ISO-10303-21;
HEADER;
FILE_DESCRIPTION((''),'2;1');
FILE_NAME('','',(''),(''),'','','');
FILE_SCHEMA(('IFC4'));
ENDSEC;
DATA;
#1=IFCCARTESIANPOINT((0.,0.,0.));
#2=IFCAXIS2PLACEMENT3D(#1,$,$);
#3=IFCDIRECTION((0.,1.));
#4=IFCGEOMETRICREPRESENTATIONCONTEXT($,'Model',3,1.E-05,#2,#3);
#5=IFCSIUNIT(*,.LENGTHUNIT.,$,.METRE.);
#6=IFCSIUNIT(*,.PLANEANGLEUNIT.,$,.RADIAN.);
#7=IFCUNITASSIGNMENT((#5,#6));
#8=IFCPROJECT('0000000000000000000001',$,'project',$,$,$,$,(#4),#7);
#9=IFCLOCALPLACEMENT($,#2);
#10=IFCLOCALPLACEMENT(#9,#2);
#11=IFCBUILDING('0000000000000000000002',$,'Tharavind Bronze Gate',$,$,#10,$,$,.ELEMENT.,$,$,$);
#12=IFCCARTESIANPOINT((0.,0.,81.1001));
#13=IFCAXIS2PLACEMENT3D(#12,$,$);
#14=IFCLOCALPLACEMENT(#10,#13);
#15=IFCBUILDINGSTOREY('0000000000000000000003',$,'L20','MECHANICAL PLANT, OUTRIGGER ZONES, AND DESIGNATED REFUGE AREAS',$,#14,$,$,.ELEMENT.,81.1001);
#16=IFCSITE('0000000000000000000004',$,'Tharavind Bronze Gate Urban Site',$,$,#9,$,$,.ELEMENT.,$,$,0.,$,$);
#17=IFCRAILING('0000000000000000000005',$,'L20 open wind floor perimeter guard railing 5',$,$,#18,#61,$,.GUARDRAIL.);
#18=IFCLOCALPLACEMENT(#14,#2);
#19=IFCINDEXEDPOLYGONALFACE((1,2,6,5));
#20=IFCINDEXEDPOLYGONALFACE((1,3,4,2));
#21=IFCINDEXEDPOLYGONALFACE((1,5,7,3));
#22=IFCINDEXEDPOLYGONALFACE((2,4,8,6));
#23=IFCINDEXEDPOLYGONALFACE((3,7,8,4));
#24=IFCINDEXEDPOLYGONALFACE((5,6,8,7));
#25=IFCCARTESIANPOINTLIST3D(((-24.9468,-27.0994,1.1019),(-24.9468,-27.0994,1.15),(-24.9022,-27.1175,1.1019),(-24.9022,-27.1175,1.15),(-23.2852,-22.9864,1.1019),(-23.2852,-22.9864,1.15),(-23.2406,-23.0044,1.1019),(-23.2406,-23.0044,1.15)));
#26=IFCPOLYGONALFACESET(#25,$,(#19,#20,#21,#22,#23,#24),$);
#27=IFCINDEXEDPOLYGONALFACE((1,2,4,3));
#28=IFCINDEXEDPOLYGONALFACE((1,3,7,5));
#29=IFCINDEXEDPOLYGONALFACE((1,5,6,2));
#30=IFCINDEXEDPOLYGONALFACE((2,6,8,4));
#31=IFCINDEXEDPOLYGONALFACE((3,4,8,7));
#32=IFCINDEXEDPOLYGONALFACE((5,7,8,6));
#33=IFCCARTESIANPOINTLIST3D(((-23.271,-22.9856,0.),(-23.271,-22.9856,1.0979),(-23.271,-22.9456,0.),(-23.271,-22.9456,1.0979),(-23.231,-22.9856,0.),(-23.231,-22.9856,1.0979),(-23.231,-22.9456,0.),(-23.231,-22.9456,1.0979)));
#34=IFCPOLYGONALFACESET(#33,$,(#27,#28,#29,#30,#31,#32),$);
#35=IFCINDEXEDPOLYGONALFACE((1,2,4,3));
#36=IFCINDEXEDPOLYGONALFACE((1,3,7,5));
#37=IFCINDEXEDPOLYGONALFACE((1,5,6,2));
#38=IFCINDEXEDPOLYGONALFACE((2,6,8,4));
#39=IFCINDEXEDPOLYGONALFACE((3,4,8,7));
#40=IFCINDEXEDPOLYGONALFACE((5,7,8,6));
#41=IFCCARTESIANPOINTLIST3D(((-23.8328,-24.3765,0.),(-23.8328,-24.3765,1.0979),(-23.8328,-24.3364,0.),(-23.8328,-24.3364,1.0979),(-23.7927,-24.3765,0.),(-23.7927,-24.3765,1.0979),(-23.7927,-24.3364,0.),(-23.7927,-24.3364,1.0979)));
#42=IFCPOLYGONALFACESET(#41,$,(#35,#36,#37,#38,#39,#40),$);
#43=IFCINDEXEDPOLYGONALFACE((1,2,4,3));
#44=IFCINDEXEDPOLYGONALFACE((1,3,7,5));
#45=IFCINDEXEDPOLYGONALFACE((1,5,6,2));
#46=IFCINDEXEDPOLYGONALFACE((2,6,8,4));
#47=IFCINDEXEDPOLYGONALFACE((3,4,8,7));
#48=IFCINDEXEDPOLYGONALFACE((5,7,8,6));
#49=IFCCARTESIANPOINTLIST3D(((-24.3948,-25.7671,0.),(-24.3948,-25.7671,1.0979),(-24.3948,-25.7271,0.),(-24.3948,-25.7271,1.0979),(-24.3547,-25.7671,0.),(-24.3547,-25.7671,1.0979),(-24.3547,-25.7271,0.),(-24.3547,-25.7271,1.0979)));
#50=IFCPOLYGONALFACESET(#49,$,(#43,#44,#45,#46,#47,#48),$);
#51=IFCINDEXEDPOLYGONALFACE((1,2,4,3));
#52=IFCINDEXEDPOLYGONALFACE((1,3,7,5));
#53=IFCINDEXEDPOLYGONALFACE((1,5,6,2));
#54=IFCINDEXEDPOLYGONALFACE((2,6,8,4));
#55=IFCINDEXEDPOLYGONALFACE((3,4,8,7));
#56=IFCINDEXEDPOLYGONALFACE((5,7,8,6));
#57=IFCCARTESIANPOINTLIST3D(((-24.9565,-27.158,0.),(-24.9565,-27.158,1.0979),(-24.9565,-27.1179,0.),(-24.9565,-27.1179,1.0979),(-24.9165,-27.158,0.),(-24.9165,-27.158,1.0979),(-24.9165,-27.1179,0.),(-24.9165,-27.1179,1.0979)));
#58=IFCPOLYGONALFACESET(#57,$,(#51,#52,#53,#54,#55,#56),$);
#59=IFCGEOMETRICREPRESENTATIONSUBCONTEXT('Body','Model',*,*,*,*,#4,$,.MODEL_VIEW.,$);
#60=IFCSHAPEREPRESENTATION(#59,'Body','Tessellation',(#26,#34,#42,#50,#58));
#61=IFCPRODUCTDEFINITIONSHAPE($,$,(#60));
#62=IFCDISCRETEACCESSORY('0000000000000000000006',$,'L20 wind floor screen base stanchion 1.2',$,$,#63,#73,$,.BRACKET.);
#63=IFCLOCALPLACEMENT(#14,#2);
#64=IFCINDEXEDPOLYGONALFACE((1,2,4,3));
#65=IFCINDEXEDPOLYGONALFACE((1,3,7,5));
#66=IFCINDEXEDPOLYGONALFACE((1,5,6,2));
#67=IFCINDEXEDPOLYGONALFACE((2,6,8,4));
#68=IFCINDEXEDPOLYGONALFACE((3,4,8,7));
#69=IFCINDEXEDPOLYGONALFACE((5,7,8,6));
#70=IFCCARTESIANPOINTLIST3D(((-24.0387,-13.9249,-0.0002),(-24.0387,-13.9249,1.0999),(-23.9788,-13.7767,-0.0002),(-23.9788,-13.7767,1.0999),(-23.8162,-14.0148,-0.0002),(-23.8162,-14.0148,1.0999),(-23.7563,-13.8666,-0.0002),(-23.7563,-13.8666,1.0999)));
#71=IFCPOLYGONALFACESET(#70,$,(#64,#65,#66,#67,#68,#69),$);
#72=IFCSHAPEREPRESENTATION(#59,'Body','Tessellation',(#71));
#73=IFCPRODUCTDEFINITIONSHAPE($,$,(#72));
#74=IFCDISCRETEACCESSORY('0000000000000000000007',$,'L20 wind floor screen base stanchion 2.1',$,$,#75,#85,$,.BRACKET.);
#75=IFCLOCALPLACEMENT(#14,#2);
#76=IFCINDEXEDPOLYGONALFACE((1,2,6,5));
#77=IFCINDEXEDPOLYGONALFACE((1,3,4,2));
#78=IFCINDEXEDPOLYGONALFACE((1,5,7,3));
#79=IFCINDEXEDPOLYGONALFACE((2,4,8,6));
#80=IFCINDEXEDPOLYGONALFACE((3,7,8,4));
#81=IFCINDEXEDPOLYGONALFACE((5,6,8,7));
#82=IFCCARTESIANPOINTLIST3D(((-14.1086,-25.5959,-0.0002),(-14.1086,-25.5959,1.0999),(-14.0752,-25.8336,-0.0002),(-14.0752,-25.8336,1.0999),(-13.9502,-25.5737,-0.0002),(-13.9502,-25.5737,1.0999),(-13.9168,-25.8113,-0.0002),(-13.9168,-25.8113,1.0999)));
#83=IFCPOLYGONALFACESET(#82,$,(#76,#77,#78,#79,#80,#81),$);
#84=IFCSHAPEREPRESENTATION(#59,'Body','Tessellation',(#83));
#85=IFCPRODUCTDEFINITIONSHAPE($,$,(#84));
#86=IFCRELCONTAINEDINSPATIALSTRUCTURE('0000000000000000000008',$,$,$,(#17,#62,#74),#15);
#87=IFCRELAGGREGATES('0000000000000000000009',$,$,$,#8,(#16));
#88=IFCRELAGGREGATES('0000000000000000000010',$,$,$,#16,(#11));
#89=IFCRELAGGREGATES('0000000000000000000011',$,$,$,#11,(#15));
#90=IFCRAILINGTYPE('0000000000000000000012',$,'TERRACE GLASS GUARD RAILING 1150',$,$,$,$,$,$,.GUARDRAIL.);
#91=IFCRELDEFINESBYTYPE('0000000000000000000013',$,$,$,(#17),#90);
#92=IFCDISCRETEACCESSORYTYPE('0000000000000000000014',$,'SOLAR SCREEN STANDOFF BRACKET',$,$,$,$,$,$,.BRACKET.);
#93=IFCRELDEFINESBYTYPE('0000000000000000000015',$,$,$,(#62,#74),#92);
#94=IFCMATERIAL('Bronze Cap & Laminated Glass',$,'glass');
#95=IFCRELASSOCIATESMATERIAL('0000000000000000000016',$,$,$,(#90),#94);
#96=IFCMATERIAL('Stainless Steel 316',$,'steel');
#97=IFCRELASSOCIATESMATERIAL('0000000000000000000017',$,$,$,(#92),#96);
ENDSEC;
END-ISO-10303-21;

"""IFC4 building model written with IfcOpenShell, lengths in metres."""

from ifc_helpers import new_model, si_unit, direction, frame, origin, origin_2d, place, context, subcontext, project, spatial, rectangle, extrude, material, type_object, element, save


model = new_model("IFC4")

# Units and contexts
model_context = context("Model", 3, precision=1e-05, world=origin(), true_north=direction((0.0, 1.0)))
body_context = subcontext(model_context, "Body", "Model", "MODEL_VIEW")
ifc_project = project(units=[si_unit("LENGTHUNIT", "METRE"), si_unit("PLANEANGLEUNIT", "RADIAN")], contexts=[model_context])

# Site, building, storey
site_placement = place(None, origin())
site = spatial("IfcSite", under=ifc_project, at=site_placement, Name="Tharavind Bronze Gate Urban Site", CompositionType="ELEMENT", RefElevation=0.0)
building_placement = place(site_placement, origin())
building = spatial("IfcBuilding", under=site, at=building_placement, Name="Tharavind Bronze Gate", CompositionType="ELEMENT")
storey_placement = place(building_placement, frame((0.0, 0.0, 81.1001)))
storey = spatial("IfcBuildingStorey", under=building, at=storey_placement, Name="L20", Description="MECHANICAL PLANT, OUTRIGGER ZONES, AND DESIGNATED REFUGE AREAS", CompositionType="ELEMENT", Elevation=81.1001)

# Railing
ifc_material_1 = material(Name="Bronze Cap & Laminated Glass", Category="glass")
railing_type = type_object("IfcRailingType", Name="TERRACE GLASS GUARD RAILING 1150", PredefinedType="GUARDRAIL", material=ifc_material_1)
railing_1_placement = place(storey_placement, frame((-23.251, -22.9656, 0.0)))
element("IfcRailing", 1, at=railing_1_placement, inside=storey, type_object=railing_type, Name="L20 open wind floor perimeter guard railing 5", PredefinedType="GUARDRAIL", context=body_context, shape_type="SweptSolid", body=[
    extrude(rectangle(XDim=0.0481, YDim=0.0481, at=origin_2d()), frame((-0.012, -0.0298, 1.126), z_axis=(-0.374569, -0.927199, 0.0), x_axis=(0.927199, -0.374569, 0.0)), (0.0, 0.0, 1.0), 4.436),
    extrude(rectangle(XDim=0.04, YDim=0.04, at=origin_2d()), origin(), (0.0, 0.0, 1.0), 1.0979),
    extrude(rectangle(XDim=0.04, YDim=0.04, at=origin_2d()), frame((-0.5618, -1.3909, 0.0)), (0.0, 0.0, 1.0), 1.0979),
    extrude(rectangle(XDim=0.04, YDim=0.04, at=origin_2d()), frame((-1.1238, -2.7815, 0.0)), (0.0, 0.0, 1.0), 1.0979),
    extrude(rectangle(XDim=0.04, YDim=0.04, at=origin_2d()), frame((-1.6855, -4.1724, 0.0)), (0.0, 0.0, 1.0), 1.0979),
])

# Discrete accessories
ifc_material_2 = material(Name="Stainless Steel 316", Category="steel")
discrete_accessory_type = type_object("IfcDiscreteAccessoryType", Name="SOLAR SCREEN STANDOFF BRACKET", PredefinedType="BRACKET", material=ifc_material_2)
for number, where, z_axis, x_axis, name in (
    (2, (-23.8975, -13.8958, -0.0002), (0.0, 0.0, 1.0), (-0.374607, -0.927184, 0.0), "L20 wind floor screen base stanchion 1.2"),
    (3, (-14.0127, -25.7036, -0.0002), (0.0, 0.0, 1.0), (0.990268, 0.139173, 0.0), "L20 wind floor screen base stanchion 2.1"),
):
    element("IfcDiscreteAccessory", number, at=place(storey_placement, frame(where, z_axis=z_axis, x_axis=x_axis)), inside=storey, type_object=discrete_accessory_type, Name=name, PredefinedType="BRACKET", context=body_context, shape_type="SweptSolid", body=[
        extrude(rectangle(XDim=0.1599, YDim=0.24, at=origin_2d()), origin(), (0.0, 0.0, 1.0), 1.1001),
    ])

save(model, "model.ifc")
